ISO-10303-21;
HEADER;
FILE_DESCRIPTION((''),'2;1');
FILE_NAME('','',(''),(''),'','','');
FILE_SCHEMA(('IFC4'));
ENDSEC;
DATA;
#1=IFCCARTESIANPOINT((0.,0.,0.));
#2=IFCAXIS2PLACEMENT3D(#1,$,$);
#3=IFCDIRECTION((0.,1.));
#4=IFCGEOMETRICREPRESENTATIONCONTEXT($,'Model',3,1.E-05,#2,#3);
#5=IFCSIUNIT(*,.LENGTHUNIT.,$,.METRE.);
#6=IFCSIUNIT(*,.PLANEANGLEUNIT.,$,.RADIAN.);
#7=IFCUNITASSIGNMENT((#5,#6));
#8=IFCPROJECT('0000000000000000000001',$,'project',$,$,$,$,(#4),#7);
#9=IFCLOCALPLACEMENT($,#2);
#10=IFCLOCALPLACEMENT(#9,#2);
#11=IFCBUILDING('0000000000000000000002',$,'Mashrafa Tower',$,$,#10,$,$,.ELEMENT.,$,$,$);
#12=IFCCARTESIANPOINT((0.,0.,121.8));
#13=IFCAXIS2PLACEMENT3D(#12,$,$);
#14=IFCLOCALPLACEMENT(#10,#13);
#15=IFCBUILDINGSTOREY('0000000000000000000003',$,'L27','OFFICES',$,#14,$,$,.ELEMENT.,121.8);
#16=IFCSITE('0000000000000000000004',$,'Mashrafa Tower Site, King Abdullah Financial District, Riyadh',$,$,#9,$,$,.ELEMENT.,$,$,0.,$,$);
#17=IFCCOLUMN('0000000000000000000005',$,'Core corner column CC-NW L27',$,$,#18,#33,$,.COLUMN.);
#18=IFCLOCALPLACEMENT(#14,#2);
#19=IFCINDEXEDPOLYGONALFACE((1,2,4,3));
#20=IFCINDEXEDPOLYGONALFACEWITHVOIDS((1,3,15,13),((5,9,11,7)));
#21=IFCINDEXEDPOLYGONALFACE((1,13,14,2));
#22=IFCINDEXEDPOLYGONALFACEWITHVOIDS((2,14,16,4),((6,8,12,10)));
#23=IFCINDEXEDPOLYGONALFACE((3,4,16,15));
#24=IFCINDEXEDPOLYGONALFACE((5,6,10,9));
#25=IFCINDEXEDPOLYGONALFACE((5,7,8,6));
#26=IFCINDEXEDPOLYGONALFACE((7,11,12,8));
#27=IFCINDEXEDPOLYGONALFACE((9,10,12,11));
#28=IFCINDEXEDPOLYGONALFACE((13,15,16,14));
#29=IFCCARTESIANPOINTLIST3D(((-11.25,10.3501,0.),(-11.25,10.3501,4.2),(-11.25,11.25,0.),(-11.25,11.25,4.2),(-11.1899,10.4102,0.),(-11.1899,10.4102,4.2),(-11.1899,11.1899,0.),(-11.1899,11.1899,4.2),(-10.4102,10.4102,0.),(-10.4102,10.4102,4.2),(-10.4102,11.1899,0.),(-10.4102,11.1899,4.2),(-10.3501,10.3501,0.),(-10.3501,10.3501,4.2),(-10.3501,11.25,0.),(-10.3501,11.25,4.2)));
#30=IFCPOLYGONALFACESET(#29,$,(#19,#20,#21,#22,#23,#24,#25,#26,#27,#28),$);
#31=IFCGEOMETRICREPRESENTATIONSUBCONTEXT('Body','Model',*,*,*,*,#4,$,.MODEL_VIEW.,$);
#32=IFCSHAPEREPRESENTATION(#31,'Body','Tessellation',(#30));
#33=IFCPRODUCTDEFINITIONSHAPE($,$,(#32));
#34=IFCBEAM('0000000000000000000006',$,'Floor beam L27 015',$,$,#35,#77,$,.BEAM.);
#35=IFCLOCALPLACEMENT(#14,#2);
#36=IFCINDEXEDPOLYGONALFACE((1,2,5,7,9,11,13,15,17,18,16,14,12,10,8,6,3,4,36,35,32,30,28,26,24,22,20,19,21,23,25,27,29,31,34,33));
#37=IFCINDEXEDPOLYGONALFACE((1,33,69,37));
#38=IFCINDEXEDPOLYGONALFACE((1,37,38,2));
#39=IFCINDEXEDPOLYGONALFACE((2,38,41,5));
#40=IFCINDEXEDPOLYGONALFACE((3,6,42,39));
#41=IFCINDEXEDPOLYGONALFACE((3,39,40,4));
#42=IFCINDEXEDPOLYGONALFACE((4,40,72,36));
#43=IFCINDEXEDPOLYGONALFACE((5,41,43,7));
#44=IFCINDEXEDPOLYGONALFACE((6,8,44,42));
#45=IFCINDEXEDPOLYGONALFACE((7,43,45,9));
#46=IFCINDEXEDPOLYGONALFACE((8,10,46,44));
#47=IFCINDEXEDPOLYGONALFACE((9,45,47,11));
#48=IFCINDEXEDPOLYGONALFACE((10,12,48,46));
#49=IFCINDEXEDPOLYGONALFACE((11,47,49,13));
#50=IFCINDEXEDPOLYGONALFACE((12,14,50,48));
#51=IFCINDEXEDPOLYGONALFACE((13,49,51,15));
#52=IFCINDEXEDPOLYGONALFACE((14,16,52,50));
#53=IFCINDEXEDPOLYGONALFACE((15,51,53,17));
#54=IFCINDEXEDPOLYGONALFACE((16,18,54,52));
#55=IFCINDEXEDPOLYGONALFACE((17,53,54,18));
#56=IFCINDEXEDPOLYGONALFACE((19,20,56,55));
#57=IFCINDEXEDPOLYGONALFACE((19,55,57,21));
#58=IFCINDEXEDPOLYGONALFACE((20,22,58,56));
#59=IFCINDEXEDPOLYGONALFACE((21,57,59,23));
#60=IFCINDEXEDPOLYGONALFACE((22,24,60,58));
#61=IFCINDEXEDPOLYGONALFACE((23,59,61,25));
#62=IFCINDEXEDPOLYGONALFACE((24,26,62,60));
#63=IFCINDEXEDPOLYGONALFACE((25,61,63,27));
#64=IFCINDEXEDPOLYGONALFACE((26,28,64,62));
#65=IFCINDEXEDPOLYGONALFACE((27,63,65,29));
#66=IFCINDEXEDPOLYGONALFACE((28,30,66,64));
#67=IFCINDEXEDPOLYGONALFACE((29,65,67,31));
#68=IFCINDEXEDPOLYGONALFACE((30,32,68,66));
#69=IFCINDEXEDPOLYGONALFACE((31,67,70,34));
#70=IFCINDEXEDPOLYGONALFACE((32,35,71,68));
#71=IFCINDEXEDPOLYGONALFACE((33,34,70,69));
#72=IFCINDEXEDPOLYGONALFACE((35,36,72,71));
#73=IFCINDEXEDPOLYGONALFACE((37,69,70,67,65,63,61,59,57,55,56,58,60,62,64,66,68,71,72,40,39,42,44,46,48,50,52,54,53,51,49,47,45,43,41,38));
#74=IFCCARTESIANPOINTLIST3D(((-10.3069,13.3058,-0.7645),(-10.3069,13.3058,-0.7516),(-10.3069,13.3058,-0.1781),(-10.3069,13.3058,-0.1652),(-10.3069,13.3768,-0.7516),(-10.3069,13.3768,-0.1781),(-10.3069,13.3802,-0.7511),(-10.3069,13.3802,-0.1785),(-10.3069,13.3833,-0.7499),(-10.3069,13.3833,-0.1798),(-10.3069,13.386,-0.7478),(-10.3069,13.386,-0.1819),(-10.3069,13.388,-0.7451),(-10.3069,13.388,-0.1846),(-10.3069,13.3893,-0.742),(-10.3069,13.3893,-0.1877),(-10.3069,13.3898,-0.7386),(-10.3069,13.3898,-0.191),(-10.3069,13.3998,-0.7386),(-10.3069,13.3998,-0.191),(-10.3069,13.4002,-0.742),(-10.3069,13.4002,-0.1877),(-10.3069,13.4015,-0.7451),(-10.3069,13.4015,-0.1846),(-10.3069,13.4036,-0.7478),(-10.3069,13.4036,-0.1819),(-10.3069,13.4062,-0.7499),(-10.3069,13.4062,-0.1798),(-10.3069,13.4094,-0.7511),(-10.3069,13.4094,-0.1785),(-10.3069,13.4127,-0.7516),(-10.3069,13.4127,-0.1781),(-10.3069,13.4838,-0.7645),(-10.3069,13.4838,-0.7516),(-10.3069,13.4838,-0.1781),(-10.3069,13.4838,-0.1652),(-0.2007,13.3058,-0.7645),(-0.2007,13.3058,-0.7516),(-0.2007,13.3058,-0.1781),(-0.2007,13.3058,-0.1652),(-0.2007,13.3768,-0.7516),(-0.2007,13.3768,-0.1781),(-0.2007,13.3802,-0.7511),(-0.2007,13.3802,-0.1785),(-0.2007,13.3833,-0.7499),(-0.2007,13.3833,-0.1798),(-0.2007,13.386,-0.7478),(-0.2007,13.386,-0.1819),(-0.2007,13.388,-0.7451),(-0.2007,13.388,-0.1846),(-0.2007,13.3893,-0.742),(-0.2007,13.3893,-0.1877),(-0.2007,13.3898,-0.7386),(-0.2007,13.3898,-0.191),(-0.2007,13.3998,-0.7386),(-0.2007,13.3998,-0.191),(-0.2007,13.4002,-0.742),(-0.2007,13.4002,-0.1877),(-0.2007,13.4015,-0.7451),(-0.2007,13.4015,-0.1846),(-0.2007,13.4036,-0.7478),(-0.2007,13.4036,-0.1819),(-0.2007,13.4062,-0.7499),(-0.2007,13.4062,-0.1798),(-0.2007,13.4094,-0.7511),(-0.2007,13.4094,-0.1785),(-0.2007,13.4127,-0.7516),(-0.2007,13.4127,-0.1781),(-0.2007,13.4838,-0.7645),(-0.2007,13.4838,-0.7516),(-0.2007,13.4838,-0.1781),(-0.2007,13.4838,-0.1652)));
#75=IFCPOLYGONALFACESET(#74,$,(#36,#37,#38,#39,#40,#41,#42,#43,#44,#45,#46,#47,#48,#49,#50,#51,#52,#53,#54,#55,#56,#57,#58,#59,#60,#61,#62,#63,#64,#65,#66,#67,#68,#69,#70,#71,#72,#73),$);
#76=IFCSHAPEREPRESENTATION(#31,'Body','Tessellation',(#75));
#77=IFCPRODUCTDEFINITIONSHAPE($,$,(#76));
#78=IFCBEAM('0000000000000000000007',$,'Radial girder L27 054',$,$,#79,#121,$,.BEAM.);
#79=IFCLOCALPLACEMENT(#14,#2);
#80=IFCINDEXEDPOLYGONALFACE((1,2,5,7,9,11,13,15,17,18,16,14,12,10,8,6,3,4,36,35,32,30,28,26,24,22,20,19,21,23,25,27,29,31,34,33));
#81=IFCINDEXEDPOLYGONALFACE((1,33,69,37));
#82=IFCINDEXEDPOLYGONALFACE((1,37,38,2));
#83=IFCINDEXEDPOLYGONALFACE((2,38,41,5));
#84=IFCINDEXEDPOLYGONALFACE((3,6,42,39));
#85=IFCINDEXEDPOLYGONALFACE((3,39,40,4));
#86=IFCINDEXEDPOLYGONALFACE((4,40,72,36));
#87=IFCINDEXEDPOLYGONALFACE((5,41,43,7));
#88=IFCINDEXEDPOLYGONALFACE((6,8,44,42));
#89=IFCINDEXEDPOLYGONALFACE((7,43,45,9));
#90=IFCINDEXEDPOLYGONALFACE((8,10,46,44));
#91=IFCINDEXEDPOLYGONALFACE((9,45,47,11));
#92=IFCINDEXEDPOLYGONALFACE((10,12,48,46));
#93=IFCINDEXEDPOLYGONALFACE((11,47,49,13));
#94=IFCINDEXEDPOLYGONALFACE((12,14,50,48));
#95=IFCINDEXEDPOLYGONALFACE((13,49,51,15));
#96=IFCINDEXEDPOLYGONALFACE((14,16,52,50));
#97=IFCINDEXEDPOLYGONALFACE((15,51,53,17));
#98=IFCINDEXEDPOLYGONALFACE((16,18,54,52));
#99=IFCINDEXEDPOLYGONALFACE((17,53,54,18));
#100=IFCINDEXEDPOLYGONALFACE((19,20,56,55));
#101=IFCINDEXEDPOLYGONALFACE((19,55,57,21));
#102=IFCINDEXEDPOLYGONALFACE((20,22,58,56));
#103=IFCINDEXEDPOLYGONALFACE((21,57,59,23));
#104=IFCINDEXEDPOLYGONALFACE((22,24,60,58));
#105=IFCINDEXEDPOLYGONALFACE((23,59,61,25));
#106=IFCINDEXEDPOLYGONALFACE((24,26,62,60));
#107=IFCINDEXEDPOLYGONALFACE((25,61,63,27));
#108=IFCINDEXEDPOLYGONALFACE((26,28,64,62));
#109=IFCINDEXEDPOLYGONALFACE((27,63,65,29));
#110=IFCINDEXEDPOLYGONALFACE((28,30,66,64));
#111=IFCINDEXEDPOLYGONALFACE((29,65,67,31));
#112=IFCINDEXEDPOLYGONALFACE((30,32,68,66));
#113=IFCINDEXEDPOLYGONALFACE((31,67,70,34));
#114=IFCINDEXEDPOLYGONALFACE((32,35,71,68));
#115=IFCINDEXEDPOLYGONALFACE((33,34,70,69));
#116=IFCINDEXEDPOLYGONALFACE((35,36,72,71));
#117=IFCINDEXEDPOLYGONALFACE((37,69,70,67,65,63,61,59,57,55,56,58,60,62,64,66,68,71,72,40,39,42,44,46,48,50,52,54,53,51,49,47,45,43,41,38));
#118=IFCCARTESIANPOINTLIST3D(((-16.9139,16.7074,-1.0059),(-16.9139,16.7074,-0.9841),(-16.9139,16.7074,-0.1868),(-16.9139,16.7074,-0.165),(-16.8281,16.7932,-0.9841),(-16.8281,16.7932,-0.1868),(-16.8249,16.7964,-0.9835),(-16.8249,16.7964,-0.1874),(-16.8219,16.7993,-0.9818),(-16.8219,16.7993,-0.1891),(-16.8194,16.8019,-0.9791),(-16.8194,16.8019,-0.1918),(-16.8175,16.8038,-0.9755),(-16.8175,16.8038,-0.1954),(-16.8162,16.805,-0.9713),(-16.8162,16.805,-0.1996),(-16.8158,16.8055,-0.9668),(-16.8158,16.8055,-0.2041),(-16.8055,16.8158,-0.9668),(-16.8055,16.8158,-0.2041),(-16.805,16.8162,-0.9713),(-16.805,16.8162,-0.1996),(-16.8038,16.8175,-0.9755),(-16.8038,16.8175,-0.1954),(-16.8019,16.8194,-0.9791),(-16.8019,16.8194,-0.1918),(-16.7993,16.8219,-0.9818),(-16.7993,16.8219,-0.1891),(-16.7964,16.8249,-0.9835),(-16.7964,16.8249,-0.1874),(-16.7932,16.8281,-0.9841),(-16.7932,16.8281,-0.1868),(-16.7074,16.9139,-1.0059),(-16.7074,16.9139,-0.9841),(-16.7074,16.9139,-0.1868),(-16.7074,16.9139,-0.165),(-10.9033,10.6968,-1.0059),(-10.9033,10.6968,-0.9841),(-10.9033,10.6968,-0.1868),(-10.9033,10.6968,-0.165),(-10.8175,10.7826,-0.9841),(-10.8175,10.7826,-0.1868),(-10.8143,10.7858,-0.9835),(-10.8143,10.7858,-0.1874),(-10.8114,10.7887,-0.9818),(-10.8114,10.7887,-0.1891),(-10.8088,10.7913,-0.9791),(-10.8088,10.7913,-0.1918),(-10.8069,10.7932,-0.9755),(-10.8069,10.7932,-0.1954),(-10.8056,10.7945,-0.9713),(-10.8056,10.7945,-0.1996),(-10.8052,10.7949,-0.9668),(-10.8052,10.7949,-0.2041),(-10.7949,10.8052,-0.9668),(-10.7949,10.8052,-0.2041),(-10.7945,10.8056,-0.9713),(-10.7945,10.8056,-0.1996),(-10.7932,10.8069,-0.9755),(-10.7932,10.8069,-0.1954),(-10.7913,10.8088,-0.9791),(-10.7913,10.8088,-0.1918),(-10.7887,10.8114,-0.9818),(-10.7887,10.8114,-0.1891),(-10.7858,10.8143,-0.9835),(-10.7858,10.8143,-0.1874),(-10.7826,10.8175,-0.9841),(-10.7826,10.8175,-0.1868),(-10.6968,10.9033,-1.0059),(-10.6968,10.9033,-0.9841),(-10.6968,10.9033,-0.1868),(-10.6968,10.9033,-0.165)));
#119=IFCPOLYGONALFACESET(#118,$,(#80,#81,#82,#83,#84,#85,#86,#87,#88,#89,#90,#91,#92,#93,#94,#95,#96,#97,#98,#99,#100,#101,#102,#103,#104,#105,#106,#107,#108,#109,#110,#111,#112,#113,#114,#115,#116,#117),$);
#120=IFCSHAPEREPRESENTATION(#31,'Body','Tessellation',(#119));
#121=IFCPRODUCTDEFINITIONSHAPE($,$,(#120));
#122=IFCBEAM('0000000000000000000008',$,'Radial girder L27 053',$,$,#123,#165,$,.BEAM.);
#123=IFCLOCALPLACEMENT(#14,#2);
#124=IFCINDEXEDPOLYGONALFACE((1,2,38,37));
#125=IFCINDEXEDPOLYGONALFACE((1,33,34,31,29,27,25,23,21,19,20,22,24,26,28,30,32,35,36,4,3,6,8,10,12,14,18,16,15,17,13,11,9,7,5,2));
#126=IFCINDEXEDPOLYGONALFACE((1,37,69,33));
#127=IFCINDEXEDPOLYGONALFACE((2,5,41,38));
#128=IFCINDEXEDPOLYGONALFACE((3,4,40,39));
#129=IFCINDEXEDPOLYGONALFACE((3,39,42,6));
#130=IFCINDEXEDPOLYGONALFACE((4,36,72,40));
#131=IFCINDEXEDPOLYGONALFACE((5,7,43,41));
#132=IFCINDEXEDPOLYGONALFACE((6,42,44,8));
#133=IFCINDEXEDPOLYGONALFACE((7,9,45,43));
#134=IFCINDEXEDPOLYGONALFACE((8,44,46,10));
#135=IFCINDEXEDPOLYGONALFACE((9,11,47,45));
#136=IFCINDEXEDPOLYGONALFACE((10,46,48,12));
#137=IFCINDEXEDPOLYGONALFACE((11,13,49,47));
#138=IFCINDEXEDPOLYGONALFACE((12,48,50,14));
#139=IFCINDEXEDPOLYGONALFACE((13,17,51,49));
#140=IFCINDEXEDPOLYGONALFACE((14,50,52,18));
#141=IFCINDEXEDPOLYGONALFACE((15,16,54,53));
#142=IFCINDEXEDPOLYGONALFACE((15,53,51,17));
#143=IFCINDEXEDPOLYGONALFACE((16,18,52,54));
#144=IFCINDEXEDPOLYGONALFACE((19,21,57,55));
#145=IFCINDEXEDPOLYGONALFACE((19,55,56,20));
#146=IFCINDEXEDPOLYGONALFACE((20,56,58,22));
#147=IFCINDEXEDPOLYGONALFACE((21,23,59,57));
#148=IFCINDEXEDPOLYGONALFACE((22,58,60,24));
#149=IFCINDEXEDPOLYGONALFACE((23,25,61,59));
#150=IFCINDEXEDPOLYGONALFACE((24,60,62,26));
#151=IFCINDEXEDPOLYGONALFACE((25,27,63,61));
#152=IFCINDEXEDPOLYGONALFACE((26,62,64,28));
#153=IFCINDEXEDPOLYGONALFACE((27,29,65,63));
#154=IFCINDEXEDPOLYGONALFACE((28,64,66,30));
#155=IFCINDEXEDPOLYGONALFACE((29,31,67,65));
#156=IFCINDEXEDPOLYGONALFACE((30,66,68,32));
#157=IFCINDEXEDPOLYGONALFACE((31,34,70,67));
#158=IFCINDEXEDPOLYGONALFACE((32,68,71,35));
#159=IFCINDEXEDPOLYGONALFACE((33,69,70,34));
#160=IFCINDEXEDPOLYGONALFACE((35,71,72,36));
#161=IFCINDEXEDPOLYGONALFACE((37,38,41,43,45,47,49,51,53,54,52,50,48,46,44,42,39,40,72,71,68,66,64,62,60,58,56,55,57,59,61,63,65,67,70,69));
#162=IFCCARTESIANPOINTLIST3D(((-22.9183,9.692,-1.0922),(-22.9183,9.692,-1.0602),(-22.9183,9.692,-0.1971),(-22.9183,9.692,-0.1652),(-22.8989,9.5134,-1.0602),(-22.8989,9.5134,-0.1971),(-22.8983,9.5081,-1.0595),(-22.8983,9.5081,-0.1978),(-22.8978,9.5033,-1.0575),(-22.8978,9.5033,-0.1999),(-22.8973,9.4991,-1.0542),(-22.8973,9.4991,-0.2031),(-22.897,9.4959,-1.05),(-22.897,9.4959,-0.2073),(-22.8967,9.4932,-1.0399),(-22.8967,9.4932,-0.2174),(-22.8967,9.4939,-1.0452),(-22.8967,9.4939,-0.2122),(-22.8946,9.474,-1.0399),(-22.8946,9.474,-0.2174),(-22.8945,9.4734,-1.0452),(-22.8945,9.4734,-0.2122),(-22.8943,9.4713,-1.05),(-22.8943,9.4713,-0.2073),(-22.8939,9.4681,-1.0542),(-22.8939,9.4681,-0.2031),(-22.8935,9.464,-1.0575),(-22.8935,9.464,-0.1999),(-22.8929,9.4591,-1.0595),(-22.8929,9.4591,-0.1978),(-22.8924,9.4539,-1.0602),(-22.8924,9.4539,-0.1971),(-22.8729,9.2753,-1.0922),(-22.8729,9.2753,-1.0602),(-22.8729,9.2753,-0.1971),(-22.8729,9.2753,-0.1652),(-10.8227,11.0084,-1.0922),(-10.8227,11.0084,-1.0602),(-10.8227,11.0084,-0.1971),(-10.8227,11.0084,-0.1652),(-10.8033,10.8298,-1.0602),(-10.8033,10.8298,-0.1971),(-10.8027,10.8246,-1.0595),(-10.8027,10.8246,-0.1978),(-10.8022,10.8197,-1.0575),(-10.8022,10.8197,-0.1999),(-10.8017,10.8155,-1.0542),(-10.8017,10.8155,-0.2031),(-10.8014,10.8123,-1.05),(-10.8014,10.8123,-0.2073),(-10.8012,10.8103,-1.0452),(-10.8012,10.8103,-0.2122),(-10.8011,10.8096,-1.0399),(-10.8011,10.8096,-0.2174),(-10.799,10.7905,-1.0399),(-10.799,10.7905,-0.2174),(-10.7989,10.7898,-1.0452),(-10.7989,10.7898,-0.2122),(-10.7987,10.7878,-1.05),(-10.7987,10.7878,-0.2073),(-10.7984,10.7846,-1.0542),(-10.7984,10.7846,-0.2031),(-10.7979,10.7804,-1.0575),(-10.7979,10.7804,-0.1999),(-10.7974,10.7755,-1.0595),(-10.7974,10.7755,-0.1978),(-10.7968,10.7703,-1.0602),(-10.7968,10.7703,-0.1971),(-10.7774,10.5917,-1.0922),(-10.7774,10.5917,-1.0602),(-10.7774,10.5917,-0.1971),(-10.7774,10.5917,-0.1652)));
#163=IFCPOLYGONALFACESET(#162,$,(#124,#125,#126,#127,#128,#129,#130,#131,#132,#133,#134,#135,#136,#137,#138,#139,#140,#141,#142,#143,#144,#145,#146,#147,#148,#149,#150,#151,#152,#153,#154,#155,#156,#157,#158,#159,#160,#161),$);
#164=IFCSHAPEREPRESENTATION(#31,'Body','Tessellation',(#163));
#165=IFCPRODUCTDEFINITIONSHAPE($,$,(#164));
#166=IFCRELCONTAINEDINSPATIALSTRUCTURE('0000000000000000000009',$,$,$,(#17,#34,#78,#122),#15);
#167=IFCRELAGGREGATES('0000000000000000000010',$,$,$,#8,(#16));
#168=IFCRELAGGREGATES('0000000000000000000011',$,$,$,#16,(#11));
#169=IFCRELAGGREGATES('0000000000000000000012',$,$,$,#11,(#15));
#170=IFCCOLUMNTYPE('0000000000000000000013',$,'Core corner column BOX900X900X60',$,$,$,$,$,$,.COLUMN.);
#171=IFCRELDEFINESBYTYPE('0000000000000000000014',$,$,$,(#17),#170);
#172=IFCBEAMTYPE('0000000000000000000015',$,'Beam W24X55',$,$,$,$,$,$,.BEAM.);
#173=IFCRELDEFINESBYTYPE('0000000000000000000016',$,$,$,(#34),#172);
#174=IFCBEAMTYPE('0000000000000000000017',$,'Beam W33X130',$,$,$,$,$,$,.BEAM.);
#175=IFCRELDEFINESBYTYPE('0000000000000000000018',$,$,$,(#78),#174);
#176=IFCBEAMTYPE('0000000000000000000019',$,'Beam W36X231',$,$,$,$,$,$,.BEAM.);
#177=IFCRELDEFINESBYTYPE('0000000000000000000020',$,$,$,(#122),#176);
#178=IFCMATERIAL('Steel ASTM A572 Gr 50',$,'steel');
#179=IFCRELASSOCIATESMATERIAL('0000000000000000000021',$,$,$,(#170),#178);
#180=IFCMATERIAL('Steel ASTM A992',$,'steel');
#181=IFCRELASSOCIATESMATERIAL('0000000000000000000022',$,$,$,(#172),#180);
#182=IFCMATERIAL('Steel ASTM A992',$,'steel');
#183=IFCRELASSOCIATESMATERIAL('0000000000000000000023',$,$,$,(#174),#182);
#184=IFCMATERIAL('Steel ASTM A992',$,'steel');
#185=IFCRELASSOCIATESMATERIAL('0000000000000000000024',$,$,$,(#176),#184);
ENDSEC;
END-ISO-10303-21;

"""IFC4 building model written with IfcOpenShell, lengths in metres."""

from ifc_helpers import new_model, si_unit, direction, frame, origin, origin_2d, place, context, subcontext, project, spatial, hollow_rectangle, i_section, extrude, material, material_profile, profile_set, type_object, element, save


model = new_model("IFC4")

# Units and contexts
model_context = context("Model", 3, precision=1e-05, world=origin(), true_north=direction((0.0, 1.0)))
body_context = subcontext(model_context, "Body", "Model", "MODEL_VIEW")
ifc_project = project(units=[si_unit("LENGTHUNIT", "METRE"), si_unit("PLANEANGLEUNIT", "RADIAN")], contexts=[model_context])

# Site, building, storey
site_placement = place(None, origin())
site = spatial("IfcSite", under=ifc_project, at=site_placement, Name="Mashrafa Tower Site, King Abdullah Financial District, Riyadh", CompositionType="ELEMENT", RefElevation=0.0)
building_placement = place(site_placement, origin())
building = spatial("IfcBuilding", under=site, at=building_placement, Name="Mashrafa Tower", CompositionType="ELEMENT")
storey_placement = place(building_placement, frame((0.0, 0.0, 121.8)))
storey = spatial("IfcBuildingStorey", under=building, at=storey_placement, Name="L27", Description="OFFICES", CompositionType="ELEMENT", Elevation=121.8)

# Column
ifc_material_1 = material(Name="Steel ASTM A572 Gr 50", Category="steel")
ifc_material_profile_1 = material_profile(ifc_material_1, hollow_rectangle(XDim=0.8999, YDim=0.8999, WallThickness=0.0601, at=origin_2d()), Name="BOX900X900X60")
ifc_profile_set_1 = profile_set([ifc_material_profile_1], Name="Steel ASTM A572 Gr 50")
column_type = type_object("IfcColumnType", Name="Core corner column BOX900X900X60", PredefinedType="COLUMN", material=ifc_profile_set_1)
column_placement = place(storey_placement, frame((-10.8, 10.8, 0.0), z_axis=(0.0, 0.0, 1.0), x_axis=(1.0, 0.0, 0.0)))
element("IfcColumn", 1, at=column_placement, inside=storey, type_object=column_type, Name="Core corner column CC-NW L27", PredefinedType="COLUMN", context=body_context, shape_type="SweptSolid", body=[
    extrude(hollow_rectangle(XDim=0.8999, YDim=0.8999, WallThickness=0.0601, at=origin_2d()), origin(), (0.0, 0.0, 1.0), 4.2),
])

# Beams
ifc_material_2 = material(Name="Steel ASTM A992", Category="steel")
ifc_material_profile_2 = material_profile(ifc_material_2, i_section(OverallWidth=0.178, OverallDepth=0.5994, WebThickness=0.01, FlangeThickness=0.0129, FilletRadius=0.0129, at=origin_2d()), Name="W24X55")
ifc_profile_set_2 = profile_set([ifc_material_profile_2], Name="Steel ASTM A992")
beam_type_1 = type_object("IfcBeamType", Name="Beam W24X55", PredefinedType="BEAM", material=ifc_profile_set_2)
beam_1_placement = place(storey_placement, frame((-10.3069, 13.3948, -0.4648), z_axis=(1.0, 0.0, 0.0), x_axis=(0.0, 1.0, 0.0)))
element("IfcBeam", 2, at=beam_1_placement, inside=storey, type_object=beam_type_1, Name="Floor beam L27 015", PredefinedType="BEAM", context=body_context, shape_type="SweptSolid", body=[
    extrude(i_section(OverallWidth=0.178, OverallDepth=0.5994, WebThickness=0.01, FlangeThickness=0.0129, FilletRadius=0.0129, at=origin_2d()), origin(), (0.0, 0.0, 1.0), 10.1062),
])
ifc_material_3 = material(Name="Steel ASTM A992", Category="steel")
ifc_material_profile_3 = material_profile(ifc_material_3, i_section(OverallWidth=0.292, OverallDepth=0.8408, WebThickness=0.0146, FlangeThickness=0.0217, FilletRadius=0.0173, at=origin_2d()), Name="W33X130")
ifc_profile_set_3 = profile_set([ifc_material_profile_3], Name="Steel ASTM A992")
beam_type_2 = type_object("IfcBeamType", Name="Beam W33X130", PredefinedType="BEAM", material=ifc_profile_set_3)
beam_2_placement = place(storey_placement, frame((-10.8, 10.8, -0.5854), z_axis=(-0.707107, 0.707107, 0.0), x_axis=(-0.707107, -0.707107, 0.0)))
element("IfcBeam", 3, at=beam_2_placement, inside=storey, type_object=beam_type_2, Name="Radial girder L27 054", PredefinedType="BEAM", context=body_context, shape_type="SweptSolid", body=[
    extrude(i_section(OverallWidth=0.292, OverallDepth=0.8408, WebThickness=0.0146, FlangeThickness=0.0217, FilletRadius=0.0173, at=origin_2d()), origin(), (0.0, 0.0, 1.0), 8.5002),
])
ifc_material_4 = material(Name="Steel ASTM A992", Category="steel")
ifc_material_profile_4 = material_profile(ifc_material_4, i_section(OverallWidth=0.4192, OverallDepth=0.927, WebThickness=0.0193, FlangeThickness=0.032, FilletRadius=0.0203, at=origin_2d()), Name="W36X231")
ifc_profile_set_4 = profile_set([ifc_material_profile_4], Name="Steel ASTM A992")
beam_type_3 = type_object("IfcBeamType", Name="Beam W36X231", PredefinedType="BEAM", material=ifc_profile_set_4)
for number, where, z_axis, x_axis, name in (
    (4, (-10.8, 10.8, -0.6287), (-0.99413, -0.108196, 0.0), (0.108196, -0.99413, 0.0), "Radial girder L27 053"),
):
    element("IfcBeam", number, at=place(storey_placement, frame(where, z_axis=z_axis, x_axis=x_axis)), inside=storey, type_object=beam_type_3, Name=name, PredefinedType="BEAM", context=body_context, shape_type="SweptSolid", body=[
        extrude(i_section(OverallWidth=0.4192, OverallDepth=0.927, WebThickness=0.0193, FlangeThickness=0.032, FilletRadius=0.0203, at=origin_2d()), origin(), (0.0, 0.0, 1.0), 12.167),
    ])

save(model, "model.ifc")
